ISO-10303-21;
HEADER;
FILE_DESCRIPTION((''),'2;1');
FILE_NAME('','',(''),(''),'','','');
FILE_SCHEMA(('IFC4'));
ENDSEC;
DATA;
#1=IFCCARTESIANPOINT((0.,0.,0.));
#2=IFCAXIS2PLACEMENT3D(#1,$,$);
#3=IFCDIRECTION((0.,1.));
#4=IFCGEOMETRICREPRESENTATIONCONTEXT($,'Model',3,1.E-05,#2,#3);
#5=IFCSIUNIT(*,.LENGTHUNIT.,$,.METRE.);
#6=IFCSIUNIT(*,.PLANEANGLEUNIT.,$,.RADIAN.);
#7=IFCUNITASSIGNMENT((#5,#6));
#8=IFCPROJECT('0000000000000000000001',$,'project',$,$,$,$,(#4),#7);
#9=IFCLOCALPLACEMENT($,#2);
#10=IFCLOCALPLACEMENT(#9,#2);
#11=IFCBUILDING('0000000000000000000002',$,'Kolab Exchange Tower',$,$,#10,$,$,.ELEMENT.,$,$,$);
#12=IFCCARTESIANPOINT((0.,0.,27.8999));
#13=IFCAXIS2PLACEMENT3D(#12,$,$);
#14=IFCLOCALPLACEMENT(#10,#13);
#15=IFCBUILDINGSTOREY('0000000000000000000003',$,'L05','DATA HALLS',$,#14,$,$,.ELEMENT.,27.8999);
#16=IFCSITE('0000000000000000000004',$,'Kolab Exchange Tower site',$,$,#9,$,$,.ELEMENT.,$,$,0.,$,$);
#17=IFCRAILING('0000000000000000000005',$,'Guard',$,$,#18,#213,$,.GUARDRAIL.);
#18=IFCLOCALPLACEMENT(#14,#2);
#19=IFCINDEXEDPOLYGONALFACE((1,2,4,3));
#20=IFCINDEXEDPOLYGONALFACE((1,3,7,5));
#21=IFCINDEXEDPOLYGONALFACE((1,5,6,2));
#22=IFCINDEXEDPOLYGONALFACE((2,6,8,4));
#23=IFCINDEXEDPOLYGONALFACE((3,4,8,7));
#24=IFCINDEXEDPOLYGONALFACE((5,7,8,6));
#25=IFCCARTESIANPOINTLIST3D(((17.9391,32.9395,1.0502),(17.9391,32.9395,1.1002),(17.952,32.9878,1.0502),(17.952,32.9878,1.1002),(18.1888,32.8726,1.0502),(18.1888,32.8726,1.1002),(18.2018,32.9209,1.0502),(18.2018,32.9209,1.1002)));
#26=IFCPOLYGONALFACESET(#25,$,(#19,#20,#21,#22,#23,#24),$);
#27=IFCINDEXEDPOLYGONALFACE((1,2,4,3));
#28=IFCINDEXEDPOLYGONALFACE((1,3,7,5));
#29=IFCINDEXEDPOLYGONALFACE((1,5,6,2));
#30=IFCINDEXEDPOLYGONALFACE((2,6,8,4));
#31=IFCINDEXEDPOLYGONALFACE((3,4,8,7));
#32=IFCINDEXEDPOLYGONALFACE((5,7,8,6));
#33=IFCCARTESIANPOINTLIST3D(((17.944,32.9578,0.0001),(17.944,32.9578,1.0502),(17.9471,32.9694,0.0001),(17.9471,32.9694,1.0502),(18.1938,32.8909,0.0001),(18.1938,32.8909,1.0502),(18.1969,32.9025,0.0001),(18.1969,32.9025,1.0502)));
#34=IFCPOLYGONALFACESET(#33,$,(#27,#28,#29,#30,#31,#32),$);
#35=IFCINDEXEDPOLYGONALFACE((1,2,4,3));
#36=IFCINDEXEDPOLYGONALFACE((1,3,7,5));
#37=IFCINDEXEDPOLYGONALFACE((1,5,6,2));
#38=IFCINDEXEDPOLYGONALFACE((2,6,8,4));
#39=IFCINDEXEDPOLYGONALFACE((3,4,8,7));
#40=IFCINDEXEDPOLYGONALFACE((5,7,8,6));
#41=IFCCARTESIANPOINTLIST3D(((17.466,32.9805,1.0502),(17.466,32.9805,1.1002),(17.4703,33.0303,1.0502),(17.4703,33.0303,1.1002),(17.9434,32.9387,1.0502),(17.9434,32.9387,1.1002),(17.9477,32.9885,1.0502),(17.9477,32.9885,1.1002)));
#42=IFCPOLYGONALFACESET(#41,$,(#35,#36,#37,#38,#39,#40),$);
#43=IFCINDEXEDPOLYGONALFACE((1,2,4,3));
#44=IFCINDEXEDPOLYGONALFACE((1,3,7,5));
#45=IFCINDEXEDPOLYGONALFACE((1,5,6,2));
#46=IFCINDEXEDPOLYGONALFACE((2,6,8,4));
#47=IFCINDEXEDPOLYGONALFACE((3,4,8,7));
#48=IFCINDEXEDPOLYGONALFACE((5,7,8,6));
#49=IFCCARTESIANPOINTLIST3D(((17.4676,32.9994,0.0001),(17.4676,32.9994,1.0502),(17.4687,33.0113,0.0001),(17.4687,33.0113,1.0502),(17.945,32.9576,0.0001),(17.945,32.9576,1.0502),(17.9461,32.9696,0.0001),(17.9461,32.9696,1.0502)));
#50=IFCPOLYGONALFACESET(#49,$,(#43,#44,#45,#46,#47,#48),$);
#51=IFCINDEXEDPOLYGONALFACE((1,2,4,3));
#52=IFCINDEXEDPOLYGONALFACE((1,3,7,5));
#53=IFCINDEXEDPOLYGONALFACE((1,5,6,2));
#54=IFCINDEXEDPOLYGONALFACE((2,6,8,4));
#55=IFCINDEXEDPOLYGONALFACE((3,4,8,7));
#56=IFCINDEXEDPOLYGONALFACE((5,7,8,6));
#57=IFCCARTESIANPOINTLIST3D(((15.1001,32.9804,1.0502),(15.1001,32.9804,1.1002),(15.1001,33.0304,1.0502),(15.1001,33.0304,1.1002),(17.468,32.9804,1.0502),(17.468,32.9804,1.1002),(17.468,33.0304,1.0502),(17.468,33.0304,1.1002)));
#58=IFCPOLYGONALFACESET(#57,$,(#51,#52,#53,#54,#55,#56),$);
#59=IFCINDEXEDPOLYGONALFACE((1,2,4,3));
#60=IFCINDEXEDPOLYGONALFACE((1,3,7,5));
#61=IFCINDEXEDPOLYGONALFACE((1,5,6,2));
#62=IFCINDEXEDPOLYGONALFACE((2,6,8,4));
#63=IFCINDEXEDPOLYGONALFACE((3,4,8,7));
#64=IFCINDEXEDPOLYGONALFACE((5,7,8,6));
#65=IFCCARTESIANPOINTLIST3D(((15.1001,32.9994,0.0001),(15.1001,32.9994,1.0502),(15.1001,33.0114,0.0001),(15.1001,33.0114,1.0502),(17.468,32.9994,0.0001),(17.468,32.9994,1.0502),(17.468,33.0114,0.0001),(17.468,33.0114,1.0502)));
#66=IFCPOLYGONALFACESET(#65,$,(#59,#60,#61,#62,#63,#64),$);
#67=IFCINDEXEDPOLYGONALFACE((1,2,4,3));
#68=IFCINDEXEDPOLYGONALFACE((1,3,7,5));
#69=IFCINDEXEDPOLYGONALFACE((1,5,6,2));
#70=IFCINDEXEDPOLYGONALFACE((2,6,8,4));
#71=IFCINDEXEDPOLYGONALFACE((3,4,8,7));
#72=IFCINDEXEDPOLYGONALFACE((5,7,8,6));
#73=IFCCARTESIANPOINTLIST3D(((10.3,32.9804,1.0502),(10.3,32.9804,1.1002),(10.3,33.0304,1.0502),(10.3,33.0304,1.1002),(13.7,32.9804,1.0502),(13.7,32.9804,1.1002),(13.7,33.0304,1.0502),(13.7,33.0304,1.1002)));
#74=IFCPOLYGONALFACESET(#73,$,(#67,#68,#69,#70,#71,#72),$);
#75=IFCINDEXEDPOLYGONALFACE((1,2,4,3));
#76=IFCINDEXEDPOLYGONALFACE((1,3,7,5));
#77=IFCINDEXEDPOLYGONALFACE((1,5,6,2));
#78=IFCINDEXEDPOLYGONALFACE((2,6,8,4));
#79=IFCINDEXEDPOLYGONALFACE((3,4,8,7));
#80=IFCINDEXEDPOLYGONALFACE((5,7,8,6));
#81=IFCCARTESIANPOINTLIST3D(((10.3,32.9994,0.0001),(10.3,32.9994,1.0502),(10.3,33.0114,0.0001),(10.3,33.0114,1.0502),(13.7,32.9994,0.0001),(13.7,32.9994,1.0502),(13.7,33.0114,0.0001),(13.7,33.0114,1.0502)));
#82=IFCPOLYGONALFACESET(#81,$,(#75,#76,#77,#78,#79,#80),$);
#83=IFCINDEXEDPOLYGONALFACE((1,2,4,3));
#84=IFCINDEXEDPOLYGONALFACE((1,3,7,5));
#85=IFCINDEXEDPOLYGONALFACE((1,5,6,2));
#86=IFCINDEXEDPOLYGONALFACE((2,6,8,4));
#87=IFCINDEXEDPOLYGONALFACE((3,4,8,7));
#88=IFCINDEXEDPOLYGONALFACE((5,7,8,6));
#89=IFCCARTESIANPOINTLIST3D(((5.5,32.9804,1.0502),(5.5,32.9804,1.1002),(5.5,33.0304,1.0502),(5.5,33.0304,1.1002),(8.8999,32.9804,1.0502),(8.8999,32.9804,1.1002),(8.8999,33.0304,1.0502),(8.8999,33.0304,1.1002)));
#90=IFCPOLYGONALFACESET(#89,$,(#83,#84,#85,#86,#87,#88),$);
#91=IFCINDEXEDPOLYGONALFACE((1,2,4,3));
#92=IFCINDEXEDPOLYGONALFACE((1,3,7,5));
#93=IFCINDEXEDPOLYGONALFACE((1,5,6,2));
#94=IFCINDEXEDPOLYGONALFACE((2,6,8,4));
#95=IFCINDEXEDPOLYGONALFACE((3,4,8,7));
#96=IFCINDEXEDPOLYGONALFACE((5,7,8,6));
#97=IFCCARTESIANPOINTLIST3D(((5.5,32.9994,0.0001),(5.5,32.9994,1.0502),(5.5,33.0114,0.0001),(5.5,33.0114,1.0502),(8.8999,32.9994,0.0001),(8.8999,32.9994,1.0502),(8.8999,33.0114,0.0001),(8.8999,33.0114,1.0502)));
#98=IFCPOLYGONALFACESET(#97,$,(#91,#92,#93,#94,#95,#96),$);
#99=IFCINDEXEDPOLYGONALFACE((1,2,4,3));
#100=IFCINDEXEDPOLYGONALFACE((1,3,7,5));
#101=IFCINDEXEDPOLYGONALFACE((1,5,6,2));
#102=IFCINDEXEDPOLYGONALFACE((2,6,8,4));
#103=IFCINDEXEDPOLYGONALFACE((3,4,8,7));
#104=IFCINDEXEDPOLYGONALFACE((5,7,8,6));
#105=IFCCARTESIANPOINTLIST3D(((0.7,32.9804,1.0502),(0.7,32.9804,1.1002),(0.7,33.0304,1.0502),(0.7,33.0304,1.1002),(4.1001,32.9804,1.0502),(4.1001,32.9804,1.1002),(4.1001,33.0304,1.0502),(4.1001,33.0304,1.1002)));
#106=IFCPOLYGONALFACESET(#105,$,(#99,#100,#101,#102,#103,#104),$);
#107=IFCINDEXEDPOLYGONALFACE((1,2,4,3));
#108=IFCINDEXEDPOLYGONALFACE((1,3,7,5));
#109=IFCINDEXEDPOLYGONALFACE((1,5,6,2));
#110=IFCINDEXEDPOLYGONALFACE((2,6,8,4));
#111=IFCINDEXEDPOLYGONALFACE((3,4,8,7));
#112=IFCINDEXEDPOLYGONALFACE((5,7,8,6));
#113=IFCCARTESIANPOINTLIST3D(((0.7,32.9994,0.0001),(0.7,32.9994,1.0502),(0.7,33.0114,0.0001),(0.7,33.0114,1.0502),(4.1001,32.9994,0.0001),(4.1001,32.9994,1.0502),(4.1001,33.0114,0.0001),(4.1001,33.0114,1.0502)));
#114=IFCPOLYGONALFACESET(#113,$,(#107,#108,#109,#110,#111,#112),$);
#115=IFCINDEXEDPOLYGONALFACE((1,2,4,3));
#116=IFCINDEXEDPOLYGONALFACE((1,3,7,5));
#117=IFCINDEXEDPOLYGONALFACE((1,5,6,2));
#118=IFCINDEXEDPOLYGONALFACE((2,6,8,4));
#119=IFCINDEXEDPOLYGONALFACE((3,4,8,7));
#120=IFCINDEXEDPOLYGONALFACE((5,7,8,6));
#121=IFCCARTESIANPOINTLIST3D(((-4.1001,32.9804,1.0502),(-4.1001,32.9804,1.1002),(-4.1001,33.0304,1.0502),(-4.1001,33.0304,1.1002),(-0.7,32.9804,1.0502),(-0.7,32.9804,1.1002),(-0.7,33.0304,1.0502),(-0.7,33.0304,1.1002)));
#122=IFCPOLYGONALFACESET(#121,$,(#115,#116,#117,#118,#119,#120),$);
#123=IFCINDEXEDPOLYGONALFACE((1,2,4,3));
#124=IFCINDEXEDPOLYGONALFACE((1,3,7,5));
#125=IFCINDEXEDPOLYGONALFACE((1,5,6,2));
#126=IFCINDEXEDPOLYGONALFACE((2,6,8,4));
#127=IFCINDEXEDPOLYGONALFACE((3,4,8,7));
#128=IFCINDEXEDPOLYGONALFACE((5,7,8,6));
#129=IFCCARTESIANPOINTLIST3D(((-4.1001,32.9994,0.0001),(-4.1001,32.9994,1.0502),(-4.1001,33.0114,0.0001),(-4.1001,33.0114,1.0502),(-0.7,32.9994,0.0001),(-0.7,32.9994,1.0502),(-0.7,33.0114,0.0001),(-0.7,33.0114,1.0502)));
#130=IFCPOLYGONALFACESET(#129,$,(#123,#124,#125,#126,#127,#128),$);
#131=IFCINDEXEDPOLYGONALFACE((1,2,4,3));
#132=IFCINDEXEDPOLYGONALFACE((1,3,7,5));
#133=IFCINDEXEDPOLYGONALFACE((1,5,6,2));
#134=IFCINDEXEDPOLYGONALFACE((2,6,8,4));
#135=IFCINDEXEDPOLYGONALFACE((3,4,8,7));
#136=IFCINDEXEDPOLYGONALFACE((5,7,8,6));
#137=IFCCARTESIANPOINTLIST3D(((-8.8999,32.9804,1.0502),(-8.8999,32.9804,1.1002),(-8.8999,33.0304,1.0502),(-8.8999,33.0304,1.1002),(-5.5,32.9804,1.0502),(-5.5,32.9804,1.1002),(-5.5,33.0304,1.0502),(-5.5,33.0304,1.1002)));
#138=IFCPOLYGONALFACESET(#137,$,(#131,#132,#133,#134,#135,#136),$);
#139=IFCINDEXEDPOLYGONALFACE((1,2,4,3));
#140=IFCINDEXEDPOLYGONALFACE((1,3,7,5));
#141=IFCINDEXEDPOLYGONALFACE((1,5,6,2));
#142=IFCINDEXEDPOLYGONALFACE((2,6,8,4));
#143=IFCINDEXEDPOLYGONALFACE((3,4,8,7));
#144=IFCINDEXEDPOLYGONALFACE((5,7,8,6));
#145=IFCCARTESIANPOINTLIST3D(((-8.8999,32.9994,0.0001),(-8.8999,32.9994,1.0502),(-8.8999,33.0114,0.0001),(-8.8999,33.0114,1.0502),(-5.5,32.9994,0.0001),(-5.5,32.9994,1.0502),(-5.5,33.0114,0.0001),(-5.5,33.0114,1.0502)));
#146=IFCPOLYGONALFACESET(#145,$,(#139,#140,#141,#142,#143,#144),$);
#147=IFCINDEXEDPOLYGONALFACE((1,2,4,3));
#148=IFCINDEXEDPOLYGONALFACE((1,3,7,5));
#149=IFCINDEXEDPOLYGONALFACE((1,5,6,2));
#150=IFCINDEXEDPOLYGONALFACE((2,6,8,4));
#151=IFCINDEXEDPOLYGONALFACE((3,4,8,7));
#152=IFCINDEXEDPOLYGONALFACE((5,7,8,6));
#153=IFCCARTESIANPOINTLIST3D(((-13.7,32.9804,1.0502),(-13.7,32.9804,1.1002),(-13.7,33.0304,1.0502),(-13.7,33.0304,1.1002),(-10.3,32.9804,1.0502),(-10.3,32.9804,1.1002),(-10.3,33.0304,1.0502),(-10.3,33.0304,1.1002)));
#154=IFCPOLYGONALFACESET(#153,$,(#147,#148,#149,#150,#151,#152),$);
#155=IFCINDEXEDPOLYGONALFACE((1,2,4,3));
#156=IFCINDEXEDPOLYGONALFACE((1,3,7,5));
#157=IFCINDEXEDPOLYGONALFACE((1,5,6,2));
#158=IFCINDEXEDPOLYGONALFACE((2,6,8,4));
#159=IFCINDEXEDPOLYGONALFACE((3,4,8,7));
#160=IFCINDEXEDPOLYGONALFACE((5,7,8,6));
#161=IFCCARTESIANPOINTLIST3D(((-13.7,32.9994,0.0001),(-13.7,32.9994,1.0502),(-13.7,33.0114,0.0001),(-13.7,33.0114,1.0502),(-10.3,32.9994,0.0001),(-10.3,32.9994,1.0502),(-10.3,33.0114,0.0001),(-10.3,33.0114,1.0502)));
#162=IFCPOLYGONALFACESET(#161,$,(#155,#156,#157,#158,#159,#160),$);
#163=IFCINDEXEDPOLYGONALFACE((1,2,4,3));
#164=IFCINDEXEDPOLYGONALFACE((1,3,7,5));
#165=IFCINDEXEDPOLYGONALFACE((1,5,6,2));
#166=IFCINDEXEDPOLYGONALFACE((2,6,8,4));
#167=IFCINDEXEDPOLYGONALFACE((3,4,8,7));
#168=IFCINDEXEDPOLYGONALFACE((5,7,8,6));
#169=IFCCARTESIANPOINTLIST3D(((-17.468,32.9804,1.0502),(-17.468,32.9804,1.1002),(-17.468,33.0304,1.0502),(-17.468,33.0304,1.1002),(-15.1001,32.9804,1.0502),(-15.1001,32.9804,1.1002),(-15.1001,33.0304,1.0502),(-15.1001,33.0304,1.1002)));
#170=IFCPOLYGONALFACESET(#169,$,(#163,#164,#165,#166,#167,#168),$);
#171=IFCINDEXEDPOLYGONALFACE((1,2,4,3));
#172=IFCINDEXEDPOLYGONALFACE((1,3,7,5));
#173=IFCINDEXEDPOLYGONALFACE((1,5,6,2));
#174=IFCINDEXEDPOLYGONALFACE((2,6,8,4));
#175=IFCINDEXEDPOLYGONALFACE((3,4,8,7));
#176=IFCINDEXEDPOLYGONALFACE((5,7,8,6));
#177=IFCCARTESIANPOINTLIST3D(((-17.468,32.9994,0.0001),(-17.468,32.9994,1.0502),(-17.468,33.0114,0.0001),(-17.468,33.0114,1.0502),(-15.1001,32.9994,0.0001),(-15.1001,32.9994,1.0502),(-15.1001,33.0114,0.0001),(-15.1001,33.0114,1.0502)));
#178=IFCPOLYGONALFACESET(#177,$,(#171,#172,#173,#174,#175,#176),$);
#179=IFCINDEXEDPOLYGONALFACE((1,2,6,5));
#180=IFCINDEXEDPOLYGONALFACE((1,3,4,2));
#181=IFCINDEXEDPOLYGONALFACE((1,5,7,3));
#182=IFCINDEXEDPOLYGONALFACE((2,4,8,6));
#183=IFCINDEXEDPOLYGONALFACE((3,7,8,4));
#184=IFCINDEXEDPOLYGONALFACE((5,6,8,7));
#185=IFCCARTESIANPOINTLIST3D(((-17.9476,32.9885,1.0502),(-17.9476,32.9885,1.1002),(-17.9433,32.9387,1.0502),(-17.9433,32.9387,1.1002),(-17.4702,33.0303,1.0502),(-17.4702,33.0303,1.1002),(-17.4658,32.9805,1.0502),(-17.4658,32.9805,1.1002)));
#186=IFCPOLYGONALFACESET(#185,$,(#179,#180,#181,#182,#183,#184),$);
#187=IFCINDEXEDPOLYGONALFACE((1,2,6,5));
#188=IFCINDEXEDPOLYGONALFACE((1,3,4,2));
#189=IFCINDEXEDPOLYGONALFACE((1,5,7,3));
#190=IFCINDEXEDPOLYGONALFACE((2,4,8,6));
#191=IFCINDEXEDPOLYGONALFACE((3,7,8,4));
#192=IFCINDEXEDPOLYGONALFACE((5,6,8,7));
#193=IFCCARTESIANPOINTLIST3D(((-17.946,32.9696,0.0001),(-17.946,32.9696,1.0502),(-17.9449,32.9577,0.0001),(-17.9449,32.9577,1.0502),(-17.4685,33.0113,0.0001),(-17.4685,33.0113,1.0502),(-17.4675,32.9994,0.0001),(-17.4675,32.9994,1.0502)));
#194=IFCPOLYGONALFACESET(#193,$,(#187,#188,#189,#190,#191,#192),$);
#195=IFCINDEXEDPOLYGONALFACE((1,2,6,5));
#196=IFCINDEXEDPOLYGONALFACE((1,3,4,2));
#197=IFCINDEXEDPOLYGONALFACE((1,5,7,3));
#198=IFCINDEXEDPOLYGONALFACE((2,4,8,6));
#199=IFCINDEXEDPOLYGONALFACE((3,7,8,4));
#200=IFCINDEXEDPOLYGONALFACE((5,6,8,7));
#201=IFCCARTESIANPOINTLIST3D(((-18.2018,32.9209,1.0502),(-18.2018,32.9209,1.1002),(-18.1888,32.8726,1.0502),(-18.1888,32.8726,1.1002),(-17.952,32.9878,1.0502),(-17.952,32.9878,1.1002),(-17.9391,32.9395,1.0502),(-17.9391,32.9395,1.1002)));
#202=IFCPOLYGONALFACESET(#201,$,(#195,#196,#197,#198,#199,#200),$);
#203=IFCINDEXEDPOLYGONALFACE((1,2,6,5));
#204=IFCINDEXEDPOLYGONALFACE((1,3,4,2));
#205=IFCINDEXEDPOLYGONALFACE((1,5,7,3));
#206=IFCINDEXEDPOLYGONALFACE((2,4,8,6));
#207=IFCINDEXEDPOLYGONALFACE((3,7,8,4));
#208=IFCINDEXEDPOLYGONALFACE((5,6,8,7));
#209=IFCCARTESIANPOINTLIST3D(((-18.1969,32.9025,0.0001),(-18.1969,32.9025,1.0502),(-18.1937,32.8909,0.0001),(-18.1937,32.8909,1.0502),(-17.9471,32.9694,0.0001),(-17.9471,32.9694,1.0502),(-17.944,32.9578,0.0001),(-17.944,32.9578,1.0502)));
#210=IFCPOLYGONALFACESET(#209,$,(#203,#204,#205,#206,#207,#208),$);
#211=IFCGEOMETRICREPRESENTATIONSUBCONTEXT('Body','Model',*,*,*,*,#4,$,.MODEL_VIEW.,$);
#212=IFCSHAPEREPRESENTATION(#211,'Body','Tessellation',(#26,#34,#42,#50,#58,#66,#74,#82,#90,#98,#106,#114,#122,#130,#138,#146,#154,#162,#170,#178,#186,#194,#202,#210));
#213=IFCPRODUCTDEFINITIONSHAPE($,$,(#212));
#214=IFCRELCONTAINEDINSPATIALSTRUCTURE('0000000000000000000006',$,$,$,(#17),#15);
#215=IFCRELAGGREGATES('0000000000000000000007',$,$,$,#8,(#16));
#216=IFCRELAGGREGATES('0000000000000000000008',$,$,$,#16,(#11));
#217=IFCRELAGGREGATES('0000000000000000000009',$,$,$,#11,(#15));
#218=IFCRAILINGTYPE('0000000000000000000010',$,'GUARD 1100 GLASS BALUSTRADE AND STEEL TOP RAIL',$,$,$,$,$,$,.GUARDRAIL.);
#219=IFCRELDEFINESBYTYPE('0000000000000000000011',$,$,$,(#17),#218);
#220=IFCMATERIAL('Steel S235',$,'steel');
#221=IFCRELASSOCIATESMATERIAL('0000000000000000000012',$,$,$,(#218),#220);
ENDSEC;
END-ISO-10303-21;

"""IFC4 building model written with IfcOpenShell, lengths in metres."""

from ifc_helpers import new_model, si_unit, direction, frame, frame_2d, origin, origin_2d, place, context, subcontext, project, spatial, rectangle, extrude, material, type_object, element, save


model = new_model("IFC4")

# Units and contexts
model_context = context("Model", 3, precision=1e-05, world=origin(), true_north=direction((0.0, 1.0)))
body_context = subcontext(model_context, "Body", "Model", "MODEL_VIEW")
ifc_project = project(units=[si_unit("LENGTHUNIT", "METRE"), si_unit("PLANEANGLEUNIT", "RADIAN")], contexts=[model_context])

# Site, building, storey
site_placement = place(None, origin())
site = spatial("IfcSite", under=ifc_project, at=site_placement, Name="Kolab Exchange Tower site", CompositionType="ELEMENT", RefElevation=0.0)
building_placement = place(site_placement, origin())
building = spatial("IfcBuilding", under=site, at=building_placement, Name="Kolab Exchange Tower", CompositionType="ELEMENT")
storey_placement = place(building_placement, frame((0.0, 0.0, 27.8999)))
storey = spatial("IfcBuildingStorey", under=building, at=storey_placement, Name="L05", Description="DATA HALLS", CompositionType="ELEMENT", Elevation=27.8999)

# Railing
ifc_material_1 = material(Name="Steel S235", Category="steel")
railing_type = type_object("IfcRailingType", Name="GUARD 1100 GLASS BALUSTRADE AND STEEL TOP RAIL", PredefinedType="GUARDRAIL", material=ifc_material_1)
railing_placement = place(storey_placement, frame((18.1953, 32.8967, 0.0)))
element("IfcRailing", 1, at=railing_placement, inside=storey, type_object=railing_type, Name="Guard", PredefinedType="GUARDRAIL", context=body_context, shape_type="SweptSolid", body=[
    extrude(rectangle(XDim=0.05, YDim=0.05, at=origin_2d()), frame((0.0, 0.0, 1.0752), z_axis=(-0.965952, 0.25872, 0.0), x_axis=(-0.25872, -0.965952, 0.0)), (0.0, 0.0, 1.0), 0.2585),
    extrude(rectangle(XDim=0.012, YDim=1.0501, at=frame_2d((0.0, 0.5251))), frame((0.0, 0.0, 0.0), z_axis=(-0.965952, 0.25872, 0.0), x_axis=(-0.25872, -0.965952, 0.0)), (0.0, 0.0, 1.0), 0.2585),
    extrude(rectangle(XDim=0.05, YDim=0.05, at=origin_2d()), frame((-0.2498, 0.0669, 1.0752), z_axis=(-0.9962, 0.087091, 0.0), x_axis=(-0.087091, -0.9962, 0.0)), (0.0, 0.0, 1.0), 0.4792),
    extrude(rectangle(XDim=0.012, YDim=1.0501, at=frame_2d((0.0, 0.5251))), frame((-0.2498, 0.0669, 0.0), z_axis=(-0.9962, 0.087091, 0.0), x_axis=(-0.087091, -0.9962, 0.0)), (0.0, 0.0, 1.0), 0.4792),
    extrude(rectangle(XDim=0.05, YDim=0.05, at=origin_2d()), frame((-0.7273, 0.1086, 1.0752), z_axis=(-1.0, 0.0, 0.0), x_axis=(0.0, -1.0, 0.0)), (0.0, 0.0, 1.0), 2.3679),
    extrude(rectangle(XDim=0.012, YDim=1.0501, at=frame_2d((0.0, 0.5251))), frame((-0.7273, 0.1086, 0.0), z_axis=(-1.0, 0.0, 0.0), x_axis=(0.0, -1.0, 0.0)), (0.0, 0.0, 1.0), 2.3679),
    extrude(rectangle(XDim=0.05, YDim=0.05, at=origin_2d()), frame((-4.4954, 0.1086, 1.0752), z_axis=(-1.0, 0.0, 0.0), x_axis=(0.0, -1.0, 0.0)), (0.0, 0.0, 1.0), 3.3999),
    extrude(rectangle(XDim=0.012, YDim=1.0501, at=frame_2d((0.0, 0.5251))), frame((-4.4954, 0.1086, 0.0), z_axis=(-1.0, 0.0, 0.0), x_axis=(0.0, -1.0, 0.0)), (0.0, 0.0, 1.0), 3.3999),
    extrude(rectangle(XDim=0.05, YDim=0.05, at=origin_2d()), frame((-9.2954, 0.1086, 1.0752), z_axis=(-1.0, 0.0, 0.0), x_axis=(0.0, -1.0, 0.0)), (0.0, 0.0, 1.0), 3.3999),
    extrude(rectangle(XDim=0.012, YDim=1.0501, at=frame_2d((0.0, 0.5251))), frame((-9.2954, 0.1086, 0.0), z_axis=(-1.0, 0.0, 0.0), x_axis=(0.0, -1.0, 0.0)), (0.0, 0.0, 1.0), 3.3999),
    extrude(rectangle(XDim=0.05, YDim=0.05, at=origin_2d()), frame((-14.0952, 0.1086, 1.0752), z_axis=(-1.0, 0.0, 0.0), x_axis=(0.0, -1.0, 0.0)), (0.0, 0.0, 1.0), 3.4001),
    extrude(rectangle(XDim=0.012, YDim=1.0501, at=frame_2d((0.0, 0.5251))), frame((-14.0952, 0.1086, 0.0), z_axis=(-1.0, 0.0, 0.0), x_axis=(0.0, -1.0, 0.0)), (0.0, 0.0, 1.0), 3.4001),
    extrude(rectangle(XDim=0.05, YDim=0.05, at=origin_2d()), frame((-18.8953, 0.1086, 1.0752), z_axis=(-1.0, 0.0, 0.0), x_axis=(0.0, -1.0, 0.0)), (0.0, 0.0, 1.0), 3.4001),
    extrude(rectangle(XDim=0.012, YDim=1.0501, at=frame_2d((0.0, 0.5251))), frame((-18.8953, 0.1086, 0.0), z_axis=(-1.0, 0.0, 0.0), x_axis=(0.0, -1.0, 0.0)), (0.0, 0.0, 1.0), 3.4001),
    extrude(rectangle(XDim=0.05, YDim=0.05, at=origin_2d()), frame((-23.6953, 0.1086, 1.0752), z_axis=(-1.0, 0.0, 0.0), x_axis=(0.0, -1.0, 0.0)), (0.0, 0.0, 1.0), 3.3999),
    extrude(rectangle(XDim=0.012, YDim=1.0501, at=frame_2d((0.0, 0.5251))), frame((-23.6953, 0.1086, 0.0), z_axis=(-1.0, 0.0, 0.0), x_axis=(0.0, -1.0, 0.0)), (0.0, 0.0, 1.0), 3.3999),
    extrude(rectangle(XDim=0.05, YDim=0.05, at=origin_2d()), frame((-28.4954, 0.1086, 1.0752), z_axis=(-1.0, 0.0, 0.0), x_axis=(0.0, -1.0, 0.0)), (0.0, 0.0, 1.0), 3.3999),
    extrude(rectangle(XDim=0.012, YDim=1.0501, at=frame_2d((0.0, 0.5251))), frame((-28.4954, 0.1086, 0.0), z_axis=(-1.0, 0.0, 0.0), x_axis=(0.0, -1.0, 0.0)), (0.0, 0.0, 1.0), 3.3999),
    extrude(rectangle(XDim=0.05, YDim=0.05, at=origin_2d()), frame((-33.2954, 0.1086, 1.0752), z_axis=(-1.0, 0.0, 0.0), x_axis=(0.0, -1.0, 0.0)), (0.0, 0.0, 1.0), 2.3679),
    extrude(rectangle(XDim=0.012, YDim=1.0501, at=frame_2d((0.0, 0.5251))), frame((-33.2954, 0.1086, 0.0), z_axis=(-1.0, 0.0, 0.0), x_axis=(0.0, -1.0, 0.0)), (0.0, 0.0, 1.0), 2.3679),
    extrude(rectangle(XDim=0.05, YDim=0.05, at=origin_2d()), frame((-35.6633, 0.1086, 1.0752), z_axis=(-0.9962, -0.087091, 0.0), x_axis=(0.087091, -0.9962, 0.0)), (0.0, 0.0, 1.0), 0.4792),
    extrude(rectangle(XDim=0.012, YDim=1.0501, at=frame_2d((0.0, 0.5251))), frame((-35.6633, 0.1086, 0.0), z_axis=(-0.9962, -0.087091, 0.0), x_axis=(0.087091, -0.9962, 0.0)), (0.0, 0.0, 1.0), 0.4792),
    extrude(rectangle(XDim=0.05, YDim=0.05, at=origin_2d()), frame((-36.1409, 0.0669, 1.0752), z_axis=(-0.965952, -0.25872, 0.0), x_axis=(0.25872, -0.965952, 0.0)), (0.0, 0.0, 1.0), 0.2585),
    extrude(rectangle(XDim=0.012, YDim=1.0501, at=frame_2d((0.0, 0.5251))), frame((-36.1409, 0.0669, 0.0), z_axis=(-0.965952, -0.25872, 0.0), x_axis=(0.25872, -0.965952, 0.0)), (0.0, 0.0, 1.0), 0.2585),
])

save(model, "model.ifc")
